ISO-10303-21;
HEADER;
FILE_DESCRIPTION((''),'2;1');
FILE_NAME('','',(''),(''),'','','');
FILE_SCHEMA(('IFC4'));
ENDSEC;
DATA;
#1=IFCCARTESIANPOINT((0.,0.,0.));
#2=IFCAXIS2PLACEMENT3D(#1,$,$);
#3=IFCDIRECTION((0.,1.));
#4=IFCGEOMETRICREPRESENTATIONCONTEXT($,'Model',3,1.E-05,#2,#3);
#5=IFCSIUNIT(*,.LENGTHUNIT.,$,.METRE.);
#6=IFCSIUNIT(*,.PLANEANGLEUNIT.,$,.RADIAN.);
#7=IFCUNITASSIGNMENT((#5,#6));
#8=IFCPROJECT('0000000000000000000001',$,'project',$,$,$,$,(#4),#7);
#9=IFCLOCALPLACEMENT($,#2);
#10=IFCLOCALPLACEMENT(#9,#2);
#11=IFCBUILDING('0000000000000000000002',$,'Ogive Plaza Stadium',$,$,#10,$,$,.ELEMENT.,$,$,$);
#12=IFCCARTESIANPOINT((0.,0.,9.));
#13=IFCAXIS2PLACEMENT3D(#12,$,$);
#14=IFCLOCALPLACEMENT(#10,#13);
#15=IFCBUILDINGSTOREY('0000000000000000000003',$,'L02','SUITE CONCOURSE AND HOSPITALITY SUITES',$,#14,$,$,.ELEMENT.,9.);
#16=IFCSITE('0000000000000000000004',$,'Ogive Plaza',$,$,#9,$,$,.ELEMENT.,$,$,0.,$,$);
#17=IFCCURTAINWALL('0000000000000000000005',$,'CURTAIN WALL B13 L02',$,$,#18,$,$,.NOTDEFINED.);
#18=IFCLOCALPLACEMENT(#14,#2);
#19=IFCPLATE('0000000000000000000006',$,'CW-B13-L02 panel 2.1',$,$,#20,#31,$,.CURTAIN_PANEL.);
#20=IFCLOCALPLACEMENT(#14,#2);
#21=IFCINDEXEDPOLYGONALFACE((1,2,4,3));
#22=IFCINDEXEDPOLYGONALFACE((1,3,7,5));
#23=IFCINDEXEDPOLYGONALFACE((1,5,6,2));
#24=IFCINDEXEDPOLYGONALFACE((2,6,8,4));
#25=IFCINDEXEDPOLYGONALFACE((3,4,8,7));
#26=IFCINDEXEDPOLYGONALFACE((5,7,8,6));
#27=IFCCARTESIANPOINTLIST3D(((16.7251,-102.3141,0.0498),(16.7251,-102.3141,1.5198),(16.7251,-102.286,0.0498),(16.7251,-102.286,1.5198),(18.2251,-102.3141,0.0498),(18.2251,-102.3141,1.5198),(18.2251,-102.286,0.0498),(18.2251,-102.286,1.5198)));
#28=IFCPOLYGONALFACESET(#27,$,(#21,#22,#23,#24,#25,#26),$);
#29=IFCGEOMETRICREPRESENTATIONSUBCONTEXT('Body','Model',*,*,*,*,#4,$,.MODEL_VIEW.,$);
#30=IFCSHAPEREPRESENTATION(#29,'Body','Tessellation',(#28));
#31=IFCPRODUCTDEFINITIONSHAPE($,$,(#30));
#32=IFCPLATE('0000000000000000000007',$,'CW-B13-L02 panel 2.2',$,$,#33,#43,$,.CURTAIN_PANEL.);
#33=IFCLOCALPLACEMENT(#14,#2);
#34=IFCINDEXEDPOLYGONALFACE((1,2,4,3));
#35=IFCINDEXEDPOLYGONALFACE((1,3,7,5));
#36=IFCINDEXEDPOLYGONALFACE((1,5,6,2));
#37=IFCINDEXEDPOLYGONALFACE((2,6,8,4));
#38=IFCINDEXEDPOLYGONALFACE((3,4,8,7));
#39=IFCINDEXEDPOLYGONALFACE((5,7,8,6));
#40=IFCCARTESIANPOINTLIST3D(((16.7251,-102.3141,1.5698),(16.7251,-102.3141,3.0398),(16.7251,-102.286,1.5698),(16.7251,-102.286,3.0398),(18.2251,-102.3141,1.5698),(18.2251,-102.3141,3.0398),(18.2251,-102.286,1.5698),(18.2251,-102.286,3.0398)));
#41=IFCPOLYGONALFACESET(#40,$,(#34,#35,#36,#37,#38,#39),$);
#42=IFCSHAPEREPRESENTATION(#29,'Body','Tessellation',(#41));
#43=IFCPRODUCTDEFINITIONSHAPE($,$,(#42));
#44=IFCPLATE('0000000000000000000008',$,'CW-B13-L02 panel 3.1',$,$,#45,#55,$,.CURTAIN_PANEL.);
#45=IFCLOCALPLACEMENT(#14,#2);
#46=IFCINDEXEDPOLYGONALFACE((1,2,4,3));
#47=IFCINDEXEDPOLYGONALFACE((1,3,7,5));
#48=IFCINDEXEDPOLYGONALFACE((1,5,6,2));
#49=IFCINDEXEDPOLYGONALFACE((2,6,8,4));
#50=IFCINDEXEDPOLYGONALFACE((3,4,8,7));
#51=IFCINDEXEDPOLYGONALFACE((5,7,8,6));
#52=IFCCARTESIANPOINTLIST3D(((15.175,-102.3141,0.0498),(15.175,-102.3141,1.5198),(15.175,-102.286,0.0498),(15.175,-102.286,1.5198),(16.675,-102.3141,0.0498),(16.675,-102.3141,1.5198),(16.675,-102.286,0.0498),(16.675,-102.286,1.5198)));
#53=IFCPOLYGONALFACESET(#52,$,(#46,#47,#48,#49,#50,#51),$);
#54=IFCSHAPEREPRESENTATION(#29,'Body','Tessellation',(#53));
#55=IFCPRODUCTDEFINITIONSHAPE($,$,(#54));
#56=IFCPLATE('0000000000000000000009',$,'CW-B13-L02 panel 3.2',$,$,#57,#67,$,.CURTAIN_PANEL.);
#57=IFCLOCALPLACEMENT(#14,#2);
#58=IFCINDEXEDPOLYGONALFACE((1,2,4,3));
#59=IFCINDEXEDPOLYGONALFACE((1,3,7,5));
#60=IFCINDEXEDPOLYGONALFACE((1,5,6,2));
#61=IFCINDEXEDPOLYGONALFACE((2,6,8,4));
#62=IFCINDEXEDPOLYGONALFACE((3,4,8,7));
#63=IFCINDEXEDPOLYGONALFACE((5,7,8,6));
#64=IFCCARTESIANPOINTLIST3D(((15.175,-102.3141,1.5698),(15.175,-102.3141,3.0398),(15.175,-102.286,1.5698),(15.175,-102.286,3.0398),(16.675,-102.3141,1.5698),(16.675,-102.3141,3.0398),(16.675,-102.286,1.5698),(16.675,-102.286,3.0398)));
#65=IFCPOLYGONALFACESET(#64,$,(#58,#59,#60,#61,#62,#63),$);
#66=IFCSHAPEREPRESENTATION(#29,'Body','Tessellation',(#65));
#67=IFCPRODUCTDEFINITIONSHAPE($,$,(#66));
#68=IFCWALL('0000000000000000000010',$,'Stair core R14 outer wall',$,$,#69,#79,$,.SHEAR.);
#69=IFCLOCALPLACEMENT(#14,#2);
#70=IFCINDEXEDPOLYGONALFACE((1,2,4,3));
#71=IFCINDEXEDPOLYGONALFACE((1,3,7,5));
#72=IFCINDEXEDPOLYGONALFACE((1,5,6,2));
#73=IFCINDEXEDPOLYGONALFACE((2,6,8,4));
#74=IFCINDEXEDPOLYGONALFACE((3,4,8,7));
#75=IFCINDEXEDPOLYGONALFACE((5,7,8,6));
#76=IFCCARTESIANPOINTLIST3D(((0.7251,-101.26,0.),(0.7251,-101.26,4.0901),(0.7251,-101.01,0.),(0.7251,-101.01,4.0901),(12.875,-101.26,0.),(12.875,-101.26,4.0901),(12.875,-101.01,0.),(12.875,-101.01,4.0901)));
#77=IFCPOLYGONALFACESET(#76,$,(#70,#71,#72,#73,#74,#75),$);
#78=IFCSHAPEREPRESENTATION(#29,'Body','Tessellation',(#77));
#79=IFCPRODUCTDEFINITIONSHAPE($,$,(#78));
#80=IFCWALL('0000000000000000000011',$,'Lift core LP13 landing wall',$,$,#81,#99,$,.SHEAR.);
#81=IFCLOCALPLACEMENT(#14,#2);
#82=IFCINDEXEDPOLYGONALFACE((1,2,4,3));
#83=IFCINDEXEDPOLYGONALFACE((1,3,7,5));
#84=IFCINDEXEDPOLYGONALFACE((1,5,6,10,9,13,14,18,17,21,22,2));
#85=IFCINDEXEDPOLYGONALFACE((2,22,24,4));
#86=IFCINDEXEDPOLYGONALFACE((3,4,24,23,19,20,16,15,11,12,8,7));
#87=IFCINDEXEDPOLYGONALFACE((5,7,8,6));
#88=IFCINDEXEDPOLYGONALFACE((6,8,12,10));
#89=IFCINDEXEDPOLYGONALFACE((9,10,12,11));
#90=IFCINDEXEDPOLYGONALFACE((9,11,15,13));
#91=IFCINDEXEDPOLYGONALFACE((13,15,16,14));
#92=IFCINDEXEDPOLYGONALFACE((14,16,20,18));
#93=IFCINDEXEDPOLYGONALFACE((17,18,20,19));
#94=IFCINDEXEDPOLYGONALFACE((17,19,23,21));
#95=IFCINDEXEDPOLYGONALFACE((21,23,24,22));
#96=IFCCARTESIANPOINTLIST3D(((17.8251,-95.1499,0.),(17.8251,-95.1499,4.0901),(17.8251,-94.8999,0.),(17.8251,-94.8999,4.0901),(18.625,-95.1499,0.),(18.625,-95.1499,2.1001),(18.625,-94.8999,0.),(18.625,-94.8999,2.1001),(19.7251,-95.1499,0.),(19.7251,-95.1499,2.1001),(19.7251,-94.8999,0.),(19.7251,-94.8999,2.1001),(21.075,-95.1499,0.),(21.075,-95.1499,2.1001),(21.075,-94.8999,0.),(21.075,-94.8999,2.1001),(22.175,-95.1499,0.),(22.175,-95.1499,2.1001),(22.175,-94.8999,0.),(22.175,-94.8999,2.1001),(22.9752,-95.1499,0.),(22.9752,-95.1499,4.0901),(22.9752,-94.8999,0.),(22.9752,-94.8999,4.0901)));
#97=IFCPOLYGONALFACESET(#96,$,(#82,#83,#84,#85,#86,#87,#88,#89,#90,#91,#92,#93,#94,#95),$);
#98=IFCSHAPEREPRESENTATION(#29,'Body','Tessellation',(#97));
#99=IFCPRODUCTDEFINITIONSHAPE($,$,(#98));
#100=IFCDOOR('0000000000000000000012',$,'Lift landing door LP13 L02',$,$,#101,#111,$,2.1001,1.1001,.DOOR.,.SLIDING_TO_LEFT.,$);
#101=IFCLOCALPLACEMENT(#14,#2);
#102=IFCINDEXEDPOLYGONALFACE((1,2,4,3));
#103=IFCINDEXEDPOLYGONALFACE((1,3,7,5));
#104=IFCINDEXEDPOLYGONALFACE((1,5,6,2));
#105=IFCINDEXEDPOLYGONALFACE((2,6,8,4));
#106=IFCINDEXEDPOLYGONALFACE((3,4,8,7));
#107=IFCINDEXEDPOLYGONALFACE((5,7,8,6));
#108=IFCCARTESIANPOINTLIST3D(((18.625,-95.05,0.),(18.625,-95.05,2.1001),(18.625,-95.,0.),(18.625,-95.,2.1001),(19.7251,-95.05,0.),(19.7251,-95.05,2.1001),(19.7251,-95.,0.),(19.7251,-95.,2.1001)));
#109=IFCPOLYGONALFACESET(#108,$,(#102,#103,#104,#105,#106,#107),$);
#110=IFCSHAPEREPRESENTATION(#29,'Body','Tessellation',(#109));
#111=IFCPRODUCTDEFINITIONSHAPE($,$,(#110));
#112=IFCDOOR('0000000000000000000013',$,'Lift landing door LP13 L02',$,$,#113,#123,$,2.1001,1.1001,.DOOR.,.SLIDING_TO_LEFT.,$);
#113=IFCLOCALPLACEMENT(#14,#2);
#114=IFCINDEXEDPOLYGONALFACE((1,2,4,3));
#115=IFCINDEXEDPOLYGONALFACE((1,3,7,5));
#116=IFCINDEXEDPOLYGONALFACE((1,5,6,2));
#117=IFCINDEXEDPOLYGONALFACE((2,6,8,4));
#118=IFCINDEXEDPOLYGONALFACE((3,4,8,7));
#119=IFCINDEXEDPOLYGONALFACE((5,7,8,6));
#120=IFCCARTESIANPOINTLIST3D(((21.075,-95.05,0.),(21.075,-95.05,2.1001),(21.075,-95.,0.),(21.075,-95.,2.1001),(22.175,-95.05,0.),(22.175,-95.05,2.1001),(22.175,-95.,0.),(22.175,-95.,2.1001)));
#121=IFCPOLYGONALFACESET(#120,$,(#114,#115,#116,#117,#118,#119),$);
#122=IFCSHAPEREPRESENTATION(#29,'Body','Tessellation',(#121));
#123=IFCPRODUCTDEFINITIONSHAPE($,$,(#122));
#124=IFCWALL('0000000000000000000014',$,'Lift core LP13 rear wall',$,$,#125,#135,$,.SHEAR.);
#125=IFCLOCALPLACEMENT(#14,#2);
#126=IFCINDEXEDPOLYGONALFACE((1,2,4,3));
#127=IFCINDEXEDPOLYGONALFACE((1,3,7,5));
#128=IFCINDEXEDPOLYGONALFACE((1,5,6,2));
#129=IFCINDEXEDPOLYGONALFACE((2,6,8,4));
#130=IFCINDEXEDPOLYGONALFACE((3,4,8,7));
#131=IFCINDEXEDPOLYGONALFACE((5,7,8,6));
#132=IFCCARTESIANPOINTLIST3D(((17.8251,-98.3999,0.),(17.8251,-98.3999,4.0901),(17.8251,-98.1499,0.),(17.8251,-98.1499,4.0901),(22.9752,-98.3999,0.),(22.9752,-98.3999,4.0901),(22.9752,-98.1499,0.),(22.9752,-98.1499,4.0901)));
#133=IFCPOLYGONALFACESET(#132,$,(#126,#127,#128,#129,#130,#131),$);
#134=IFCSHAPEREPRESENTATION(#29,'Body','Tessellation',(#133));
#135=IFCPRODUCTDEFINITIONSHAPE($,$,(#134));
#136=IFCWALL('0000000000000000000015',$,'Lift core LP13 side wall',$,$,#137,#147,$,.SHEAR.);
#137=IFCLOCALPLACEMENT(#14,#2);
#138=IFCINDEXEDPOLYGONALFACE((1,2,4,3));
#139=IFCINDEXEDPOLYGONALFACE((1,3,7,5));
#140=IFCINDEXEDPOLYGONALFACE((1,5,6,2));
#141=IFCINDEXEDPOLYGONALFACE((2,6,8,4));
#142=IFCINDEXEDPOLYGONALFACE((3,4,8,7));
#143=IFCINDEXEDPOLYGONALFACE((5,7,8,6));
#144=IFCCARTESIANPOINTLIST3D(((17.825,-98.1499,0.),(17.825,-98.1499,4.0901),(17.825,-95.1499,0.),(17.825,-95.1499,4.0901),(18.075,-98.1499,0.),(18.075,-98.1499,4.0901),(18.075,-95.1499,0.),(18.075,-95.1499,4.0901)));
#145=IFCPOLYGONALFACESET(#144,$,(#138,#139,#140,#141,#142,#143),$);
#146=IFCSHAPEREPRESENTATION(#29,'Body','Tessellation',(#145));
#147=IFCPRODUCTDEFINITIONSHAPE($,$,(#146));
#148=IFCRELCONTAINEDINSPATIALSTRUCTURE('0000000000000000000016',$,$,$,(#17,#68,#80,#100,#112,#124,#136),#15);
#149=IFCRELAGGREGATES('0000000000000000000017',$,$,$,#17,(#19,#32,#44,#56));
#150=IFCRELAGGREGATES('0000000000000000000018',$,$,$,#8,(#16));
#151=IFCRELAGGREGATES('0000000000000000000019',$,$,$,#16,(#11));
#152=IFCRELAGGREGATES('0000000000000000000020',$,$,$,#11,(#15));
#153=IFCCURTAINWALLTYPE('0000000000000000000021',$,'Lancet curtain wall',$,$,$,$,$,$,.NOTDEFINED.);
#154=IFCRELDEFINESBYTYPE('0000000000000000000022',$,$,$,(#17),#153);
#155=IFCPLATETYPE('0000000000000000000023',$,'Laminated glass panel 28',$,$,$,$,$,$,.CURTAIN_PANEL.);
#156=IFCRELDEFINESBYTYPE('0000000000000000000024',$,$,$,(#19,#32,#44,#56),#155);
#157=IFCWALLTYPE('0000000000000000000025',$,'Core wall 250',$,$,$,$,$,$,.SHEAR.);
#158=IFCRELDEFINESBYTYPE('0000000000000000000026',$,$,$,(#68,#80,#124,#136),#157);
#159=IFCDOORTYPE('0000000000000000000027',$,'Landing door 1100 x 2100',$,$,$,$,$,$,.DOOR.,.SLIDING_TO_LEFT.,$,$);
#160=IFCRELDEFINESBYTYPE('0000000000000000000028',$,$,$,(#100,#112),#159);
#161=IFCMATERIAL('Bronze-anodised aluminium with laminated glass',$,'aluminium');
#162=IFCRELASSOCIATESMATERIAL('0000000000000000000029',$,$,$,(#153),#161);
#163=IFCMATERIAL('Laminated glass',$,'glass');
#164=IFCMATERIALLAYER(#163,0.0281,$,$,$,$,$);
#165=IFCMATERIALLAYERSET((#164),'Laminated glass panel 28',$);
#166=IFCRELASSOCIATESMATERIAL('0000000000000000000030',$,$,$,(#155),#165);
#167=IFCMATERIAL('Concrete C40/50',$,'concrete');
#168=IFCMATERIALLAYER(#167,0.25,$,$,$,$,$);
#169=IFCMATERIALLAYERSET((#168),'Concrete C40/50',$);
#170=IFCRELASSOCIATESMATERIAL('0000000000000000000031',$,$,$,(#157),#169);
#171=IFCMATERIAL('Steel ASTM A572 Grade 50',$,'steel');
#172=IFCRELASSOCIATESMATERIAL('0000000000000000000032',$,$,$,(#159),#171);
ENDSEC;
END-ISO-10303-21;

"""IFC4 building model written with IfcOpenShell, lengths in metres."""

from ifc_helpers import new_model, si_unit, direction, frame, frame_2d, origin, origin_2d, place, context, subcontext, project, spatial, rectangle, extrude, material, layer, layer_set, type_object, element, fill, aggregate, save


model = new_model("IFC4")

# Units and contexts
model_context = context("Model", 3, precision=1e-05, world=origin(), true_north=direction((0.0, 1.0)))
body_context = subcontext(model_context, "Body", "Model", "MODEL_VIEW")
ifc_project = project(units=[si_unit("LENGTHUNIT", "METRE"), si_unit("PLANEANGLEUNIT", "RADIAN")], contexts=[model_context])

# Site, building, storey
site_placement = place(None, origin())
site = spatial("IfcSite", under=ifc_project, at=site_placement, Name="Ogive Plaza", CompositionType="ELEMENT", RefElevation=0.0)
building_placement = place(site_placement, origin())
building = spatial("IfcBuilding", under=site, at=building_placement, Name="Ogive Plaza Stadium", CompositionType="ELEMENT")
storey_placement = place(building_placement, frame((0.0, 0.0, 9.0)))
storey = spatial("IfcBuildingStorey", under=building, at=storey_placement, Name="L02", Description="SUITE CONCOURSE AND HOSPITALITY SUITES", CompositionType="ELEMENT", Elevation=9.0)

# Curtain wall, plates
ifc_material_1 = material(Name="Bronze-anodised aluminium with laminated glass", Category="aluminium")
curtain_wall_type = type_object("IfcCurtainWallType", Name="Lancet curtain wall", PredefinedType="NOTDEFINED", material=ifc_material_1)
curtain_wall_placement = place(storey_placement, origin())
curtain_wall = element("IfcCurtainWall", 1, at=curtain_wall_placement, inside=storey, type_object=curtain_wall_type, Name="CURTAIN WALL B13 L02", PredefinedType="NOTDEFINED")
ifc_material_2 = material(Name="Laminated glass", Category="glass")
ifc_layer_1 = layer(ifc_material_2, 0.0281)
ifc_layer_set_1 = layer_set([ifc_layer_1], Name="Laminated glass panel 28")
plate_type = type_object("IfcPlateType", Name="Laminated glass panel 28", PredefinedType="CURTAIN_PANEL", material=ifc_layer_set_1)
plate_1_placement = place(storey_placement, frame((17.4751, -102.3, 0.0498), z_axis=(0.0, 0.0, 1.0), x_axis=(-1.0, 0.0, 0.0)))
plate_1 = element("IfcPlate", 2, at=plate_1_placement, type_object=plate_type, Name="CW-B13-L02 panel 2.1", PredefinedType="CURTAIN_PANEL", context=body_context, shape_type="SweptSolid", body=[
    extrude(rectangle(XDim=1.5, YDim=0.0281, at=origin_2d()), origin(), (0.0, 0.0, 1.0), 1.47),
])
plate_2_placement = place(storey_placement, frame((17.4751, -102.3, 1.5698), z_axis=(0.0, 0.0, 1.0), x_axis=(-1.0, 0.0, 0.0)))
plate_2 = element("IfcPlate", 3, at=plate_2_placement, type_object=plate_type, Name="CW-B13-L02 panel 2.2", PredefinedType="CURTAIN_PANEL", context=body_context, shape_type="SweptSolid", body=[
    extrude(rectangle(XDim=1.5, YDim=0.0281, at=origin_2d()), origin(), (0.0, 0.0, 1.0), 1.47),
])
plate_3_placement = place(storey_placement, frame((15.925, -102.3, 0.0498), z_axis=(0.0, 0.0, 1.0), x_axis=(-1.0, 0.0, 0.0)))
plate_3 = element("IfcPlate", 4, at=plate_3_placement, type_object=plate_type, Name="CW-B13-L02 panel 3.1", PredefinedType="CURTAIN_PANEL", context=body_context, shape_type="SweptSolid", body=[
    extrude(rectangle(XDim=1.5, YDim=0.0281, at=origin_2d()), origin(), (0.0, 0.0, 1.0), 1.47),
])
plate_4_placement = place(storey_placement, frame((15.925, -102.3, 1.5698), z_axis=(0.0, 0.0, 1.0), x_axis=(-1.0, 0.0, 0.0)))
plate_4 = element("IfcPlate", 5, at=plate_4_placement, type_object=plate_type, Name="CW-B13-L02 panel 3.2", PredefinedType="CURTAIN_PANEL", context=body_context, shape_type="SweptSolid", body=[
    extrude(rectangle(XDim=1.5, YDim=0.0281, at=origin_2d()), origin(), (0.0, 0.0, 1.0), 1.47),
])
aggregate(curtain_wall, [plate_1, plate_2, plate_3, plate_4])

# Wall
ifc_material_3 = material(Name="Concrete C40/50", Category="concrete")
ifc_layer_2 = layer(ifc_material_3, 0.25)
ifc_layer_set_2 = layer_set([ifc_layer_2], Name="Concrete C40/50")
wall_type = type_object("IfcWallType", Name="Core wall 250", PredefinedType="SHEAR", material=ifc_layer_set_2)
wall_1_placement = place(storey_placement, frame((0.7251, -101.135, 0.0), z_axis=(0.0, 0.0, 1.0), x_axis=(1.0, 0.0, 0.0)))
element("IfcWall", 6, at=wall_1_placement, inside=storey, type_object=wall_type, Name="Stair core R14 outer wall", PredefinedType="SHEAR", context=body_context, shape_type="SweptSolid", body=[
    extrude(rectangle(XDim=12.1499, YDim=0.25, at=frame_2d((6.075, 0.0))), origin(), (0.0, 0.0, 1.0), 4.0901),
])

# Wall, openings, doors
wall_2_placement = place(storey_placement, frame((17.825, -95.0249, 0.0), z_axis=(0.0, 0.0, 1.0), x_axis=(1.0, 0.0, 0.0)))
wall_2 = element("IfcWall", 7, at=wall_2_placement, inside=storey, type_object=wall_type, Name="Lift core LP13 landing wall", PredefinedType="SHEAR", context=body_context, shape_type="SweptSolid", body=[
    extrude(rectangle(XDim=5.1501, YDim=0.25, at=frame_2d((2.5752, 0.0))), origin(), (0.0, 0.0, 1.0), 4.0901),
])
opening_1_placement = place(wall_2_placement, frame((0.8, 0.0, 0.0)))
opening_1 = element("IfcOpeningElement", 8, at=opening_1_placement, cuts=wall_2, PredefinedType="OPENING", context=body_context, shape_type="SweptSolid", body=[
    extrude(rectangle(XDim=1.1001, YDim=2.1001, at=frame_2d((0.55, 1.05))), frame((0.0, 0.125, 0.0), z_axis=(0.0, -1.0, 0.0), x_axis=(1.0, 0.0, 0.0)), (0.0, 0.0, 1.0), 0.25),
])
opening_2_placement = place(wall_2_placement, frame((3.25, 0.0, 0.0)))
opening_2 = element("IfcOpeningElement", 9, at=opening_2_placement, cuts=wall_2, PredefinedType="OPENING", context=body_context, shape_type="SweptSolid", body=[
    extrude(rectangle(XDim=1.1001, YDim=2.1001, at=frame_2d((0.55, 1.05))), frame((0.0, 0.125, 0.0), z_axis=(0.0, -1.0, 0.0), x_axis=(1.0, 0.0, 0.0)), (0.0, 0.0, 1.0), 0.25),
])
ifc_material_4 = material(Name="Steel ASTM A572 Grade 50", Category="steel")
door_type = type_object("IfcDoorType", Name="Landing door 1100 x 2100", OperationType="SLIDING_TO_LEFT", PredefinedType="DOOR", material=ifc_material_4)
door_1_placement = place(opening_1_placement, origin())
door_1 = element("IfcDoor", 10, at=door_1_placement, inside=storey, type_object=door_type, Name="Lift landing door LP13 L02", OperationType="SLIDING_TO_LEFT", OverallHeight=2.1001, OverallWidth=1.1001, PredefinedType="DOOR", context=body_context, shape_type="SweptSolid", body=[
    extrude(rectangle(XDim=1.1001, YDim=2.1001, at=frame_2d((0.55, 1.05))), frame((0.0, 0.0249, 0.0), z_axis=(0.0, -1.0, 0.0), x_axis=(1.0, 0.0, 0.0)), (0.0, 0.0, 1.0), 0.05),
])
fill(opening_1, door_1)
door_2_placement = place(opening_2_placement, origin())
door_2 = element("IfcDoor", 11, at=door_2_placement, inside=storey, type_object=door_type, Name="Lift landing door LP13 L02", OperationType="SLIDING_TO_LEFT", OverallHeight=2.1001, OverallWidth=1.1001, PredefinedType="DOOR", context=body_context, shape_type="SweptSolid", body=[
    extrude(rectangle(XDim=1.1001, YDim=2.1001, at=frame_2d((0.55, 1.05))), frame((0.0, 0.0249, 0.0), z_axis=(0.0, -1.0, 0.0), x_axis=(1.0, 0.0, 0.0)), (0.0, 0.0, 1.0), 0.05),
])
fill(opening_2, door_2)

# Walls
wall_3_placement = place(storey_placement, frame((17.825, -98.2749, 0.0), z_axis=(0.0, 0.0, 1.0), x_axis=(1.0, 0.0, 0.0)))
element("IfcWall", 12, at=wall_3_placement, inside=storey, type_object=wall_type, Name="Lift core LP13 rear wall", PredefinedType="SHEAR", context=body_context, shape_type="SweptSolid", body=[
    extrude(rectangle(XDim=5.1501, YDim=0.25, at=frame_2d((2.5752, 0.0))), origin(), (0.0, 0.0, 1.0), 4.0901),
])
wall_4_placement = place(storey_placement, frame((17.95, -95.1499, 0.0), z_axis=(0.0, 0.0, 1.0), x_axis=(0.0, -1.0, 0.0)))
element("IfcWall", 13, at=wall_4_placement, inside=storey, type_object=wall_type, Name="Lift core LP13 side wall", PredefinedType="SHEAR", context=body_context, shape_type="SweptSolid", body=[
    extrude(rectangle(XDim=3.0, YDim=0.25, at=frame_2d((1.5, 0.0))), origin(), (0.0, 0.0, 1.0), 4.0901),
])

save(model, "model.ifc")
